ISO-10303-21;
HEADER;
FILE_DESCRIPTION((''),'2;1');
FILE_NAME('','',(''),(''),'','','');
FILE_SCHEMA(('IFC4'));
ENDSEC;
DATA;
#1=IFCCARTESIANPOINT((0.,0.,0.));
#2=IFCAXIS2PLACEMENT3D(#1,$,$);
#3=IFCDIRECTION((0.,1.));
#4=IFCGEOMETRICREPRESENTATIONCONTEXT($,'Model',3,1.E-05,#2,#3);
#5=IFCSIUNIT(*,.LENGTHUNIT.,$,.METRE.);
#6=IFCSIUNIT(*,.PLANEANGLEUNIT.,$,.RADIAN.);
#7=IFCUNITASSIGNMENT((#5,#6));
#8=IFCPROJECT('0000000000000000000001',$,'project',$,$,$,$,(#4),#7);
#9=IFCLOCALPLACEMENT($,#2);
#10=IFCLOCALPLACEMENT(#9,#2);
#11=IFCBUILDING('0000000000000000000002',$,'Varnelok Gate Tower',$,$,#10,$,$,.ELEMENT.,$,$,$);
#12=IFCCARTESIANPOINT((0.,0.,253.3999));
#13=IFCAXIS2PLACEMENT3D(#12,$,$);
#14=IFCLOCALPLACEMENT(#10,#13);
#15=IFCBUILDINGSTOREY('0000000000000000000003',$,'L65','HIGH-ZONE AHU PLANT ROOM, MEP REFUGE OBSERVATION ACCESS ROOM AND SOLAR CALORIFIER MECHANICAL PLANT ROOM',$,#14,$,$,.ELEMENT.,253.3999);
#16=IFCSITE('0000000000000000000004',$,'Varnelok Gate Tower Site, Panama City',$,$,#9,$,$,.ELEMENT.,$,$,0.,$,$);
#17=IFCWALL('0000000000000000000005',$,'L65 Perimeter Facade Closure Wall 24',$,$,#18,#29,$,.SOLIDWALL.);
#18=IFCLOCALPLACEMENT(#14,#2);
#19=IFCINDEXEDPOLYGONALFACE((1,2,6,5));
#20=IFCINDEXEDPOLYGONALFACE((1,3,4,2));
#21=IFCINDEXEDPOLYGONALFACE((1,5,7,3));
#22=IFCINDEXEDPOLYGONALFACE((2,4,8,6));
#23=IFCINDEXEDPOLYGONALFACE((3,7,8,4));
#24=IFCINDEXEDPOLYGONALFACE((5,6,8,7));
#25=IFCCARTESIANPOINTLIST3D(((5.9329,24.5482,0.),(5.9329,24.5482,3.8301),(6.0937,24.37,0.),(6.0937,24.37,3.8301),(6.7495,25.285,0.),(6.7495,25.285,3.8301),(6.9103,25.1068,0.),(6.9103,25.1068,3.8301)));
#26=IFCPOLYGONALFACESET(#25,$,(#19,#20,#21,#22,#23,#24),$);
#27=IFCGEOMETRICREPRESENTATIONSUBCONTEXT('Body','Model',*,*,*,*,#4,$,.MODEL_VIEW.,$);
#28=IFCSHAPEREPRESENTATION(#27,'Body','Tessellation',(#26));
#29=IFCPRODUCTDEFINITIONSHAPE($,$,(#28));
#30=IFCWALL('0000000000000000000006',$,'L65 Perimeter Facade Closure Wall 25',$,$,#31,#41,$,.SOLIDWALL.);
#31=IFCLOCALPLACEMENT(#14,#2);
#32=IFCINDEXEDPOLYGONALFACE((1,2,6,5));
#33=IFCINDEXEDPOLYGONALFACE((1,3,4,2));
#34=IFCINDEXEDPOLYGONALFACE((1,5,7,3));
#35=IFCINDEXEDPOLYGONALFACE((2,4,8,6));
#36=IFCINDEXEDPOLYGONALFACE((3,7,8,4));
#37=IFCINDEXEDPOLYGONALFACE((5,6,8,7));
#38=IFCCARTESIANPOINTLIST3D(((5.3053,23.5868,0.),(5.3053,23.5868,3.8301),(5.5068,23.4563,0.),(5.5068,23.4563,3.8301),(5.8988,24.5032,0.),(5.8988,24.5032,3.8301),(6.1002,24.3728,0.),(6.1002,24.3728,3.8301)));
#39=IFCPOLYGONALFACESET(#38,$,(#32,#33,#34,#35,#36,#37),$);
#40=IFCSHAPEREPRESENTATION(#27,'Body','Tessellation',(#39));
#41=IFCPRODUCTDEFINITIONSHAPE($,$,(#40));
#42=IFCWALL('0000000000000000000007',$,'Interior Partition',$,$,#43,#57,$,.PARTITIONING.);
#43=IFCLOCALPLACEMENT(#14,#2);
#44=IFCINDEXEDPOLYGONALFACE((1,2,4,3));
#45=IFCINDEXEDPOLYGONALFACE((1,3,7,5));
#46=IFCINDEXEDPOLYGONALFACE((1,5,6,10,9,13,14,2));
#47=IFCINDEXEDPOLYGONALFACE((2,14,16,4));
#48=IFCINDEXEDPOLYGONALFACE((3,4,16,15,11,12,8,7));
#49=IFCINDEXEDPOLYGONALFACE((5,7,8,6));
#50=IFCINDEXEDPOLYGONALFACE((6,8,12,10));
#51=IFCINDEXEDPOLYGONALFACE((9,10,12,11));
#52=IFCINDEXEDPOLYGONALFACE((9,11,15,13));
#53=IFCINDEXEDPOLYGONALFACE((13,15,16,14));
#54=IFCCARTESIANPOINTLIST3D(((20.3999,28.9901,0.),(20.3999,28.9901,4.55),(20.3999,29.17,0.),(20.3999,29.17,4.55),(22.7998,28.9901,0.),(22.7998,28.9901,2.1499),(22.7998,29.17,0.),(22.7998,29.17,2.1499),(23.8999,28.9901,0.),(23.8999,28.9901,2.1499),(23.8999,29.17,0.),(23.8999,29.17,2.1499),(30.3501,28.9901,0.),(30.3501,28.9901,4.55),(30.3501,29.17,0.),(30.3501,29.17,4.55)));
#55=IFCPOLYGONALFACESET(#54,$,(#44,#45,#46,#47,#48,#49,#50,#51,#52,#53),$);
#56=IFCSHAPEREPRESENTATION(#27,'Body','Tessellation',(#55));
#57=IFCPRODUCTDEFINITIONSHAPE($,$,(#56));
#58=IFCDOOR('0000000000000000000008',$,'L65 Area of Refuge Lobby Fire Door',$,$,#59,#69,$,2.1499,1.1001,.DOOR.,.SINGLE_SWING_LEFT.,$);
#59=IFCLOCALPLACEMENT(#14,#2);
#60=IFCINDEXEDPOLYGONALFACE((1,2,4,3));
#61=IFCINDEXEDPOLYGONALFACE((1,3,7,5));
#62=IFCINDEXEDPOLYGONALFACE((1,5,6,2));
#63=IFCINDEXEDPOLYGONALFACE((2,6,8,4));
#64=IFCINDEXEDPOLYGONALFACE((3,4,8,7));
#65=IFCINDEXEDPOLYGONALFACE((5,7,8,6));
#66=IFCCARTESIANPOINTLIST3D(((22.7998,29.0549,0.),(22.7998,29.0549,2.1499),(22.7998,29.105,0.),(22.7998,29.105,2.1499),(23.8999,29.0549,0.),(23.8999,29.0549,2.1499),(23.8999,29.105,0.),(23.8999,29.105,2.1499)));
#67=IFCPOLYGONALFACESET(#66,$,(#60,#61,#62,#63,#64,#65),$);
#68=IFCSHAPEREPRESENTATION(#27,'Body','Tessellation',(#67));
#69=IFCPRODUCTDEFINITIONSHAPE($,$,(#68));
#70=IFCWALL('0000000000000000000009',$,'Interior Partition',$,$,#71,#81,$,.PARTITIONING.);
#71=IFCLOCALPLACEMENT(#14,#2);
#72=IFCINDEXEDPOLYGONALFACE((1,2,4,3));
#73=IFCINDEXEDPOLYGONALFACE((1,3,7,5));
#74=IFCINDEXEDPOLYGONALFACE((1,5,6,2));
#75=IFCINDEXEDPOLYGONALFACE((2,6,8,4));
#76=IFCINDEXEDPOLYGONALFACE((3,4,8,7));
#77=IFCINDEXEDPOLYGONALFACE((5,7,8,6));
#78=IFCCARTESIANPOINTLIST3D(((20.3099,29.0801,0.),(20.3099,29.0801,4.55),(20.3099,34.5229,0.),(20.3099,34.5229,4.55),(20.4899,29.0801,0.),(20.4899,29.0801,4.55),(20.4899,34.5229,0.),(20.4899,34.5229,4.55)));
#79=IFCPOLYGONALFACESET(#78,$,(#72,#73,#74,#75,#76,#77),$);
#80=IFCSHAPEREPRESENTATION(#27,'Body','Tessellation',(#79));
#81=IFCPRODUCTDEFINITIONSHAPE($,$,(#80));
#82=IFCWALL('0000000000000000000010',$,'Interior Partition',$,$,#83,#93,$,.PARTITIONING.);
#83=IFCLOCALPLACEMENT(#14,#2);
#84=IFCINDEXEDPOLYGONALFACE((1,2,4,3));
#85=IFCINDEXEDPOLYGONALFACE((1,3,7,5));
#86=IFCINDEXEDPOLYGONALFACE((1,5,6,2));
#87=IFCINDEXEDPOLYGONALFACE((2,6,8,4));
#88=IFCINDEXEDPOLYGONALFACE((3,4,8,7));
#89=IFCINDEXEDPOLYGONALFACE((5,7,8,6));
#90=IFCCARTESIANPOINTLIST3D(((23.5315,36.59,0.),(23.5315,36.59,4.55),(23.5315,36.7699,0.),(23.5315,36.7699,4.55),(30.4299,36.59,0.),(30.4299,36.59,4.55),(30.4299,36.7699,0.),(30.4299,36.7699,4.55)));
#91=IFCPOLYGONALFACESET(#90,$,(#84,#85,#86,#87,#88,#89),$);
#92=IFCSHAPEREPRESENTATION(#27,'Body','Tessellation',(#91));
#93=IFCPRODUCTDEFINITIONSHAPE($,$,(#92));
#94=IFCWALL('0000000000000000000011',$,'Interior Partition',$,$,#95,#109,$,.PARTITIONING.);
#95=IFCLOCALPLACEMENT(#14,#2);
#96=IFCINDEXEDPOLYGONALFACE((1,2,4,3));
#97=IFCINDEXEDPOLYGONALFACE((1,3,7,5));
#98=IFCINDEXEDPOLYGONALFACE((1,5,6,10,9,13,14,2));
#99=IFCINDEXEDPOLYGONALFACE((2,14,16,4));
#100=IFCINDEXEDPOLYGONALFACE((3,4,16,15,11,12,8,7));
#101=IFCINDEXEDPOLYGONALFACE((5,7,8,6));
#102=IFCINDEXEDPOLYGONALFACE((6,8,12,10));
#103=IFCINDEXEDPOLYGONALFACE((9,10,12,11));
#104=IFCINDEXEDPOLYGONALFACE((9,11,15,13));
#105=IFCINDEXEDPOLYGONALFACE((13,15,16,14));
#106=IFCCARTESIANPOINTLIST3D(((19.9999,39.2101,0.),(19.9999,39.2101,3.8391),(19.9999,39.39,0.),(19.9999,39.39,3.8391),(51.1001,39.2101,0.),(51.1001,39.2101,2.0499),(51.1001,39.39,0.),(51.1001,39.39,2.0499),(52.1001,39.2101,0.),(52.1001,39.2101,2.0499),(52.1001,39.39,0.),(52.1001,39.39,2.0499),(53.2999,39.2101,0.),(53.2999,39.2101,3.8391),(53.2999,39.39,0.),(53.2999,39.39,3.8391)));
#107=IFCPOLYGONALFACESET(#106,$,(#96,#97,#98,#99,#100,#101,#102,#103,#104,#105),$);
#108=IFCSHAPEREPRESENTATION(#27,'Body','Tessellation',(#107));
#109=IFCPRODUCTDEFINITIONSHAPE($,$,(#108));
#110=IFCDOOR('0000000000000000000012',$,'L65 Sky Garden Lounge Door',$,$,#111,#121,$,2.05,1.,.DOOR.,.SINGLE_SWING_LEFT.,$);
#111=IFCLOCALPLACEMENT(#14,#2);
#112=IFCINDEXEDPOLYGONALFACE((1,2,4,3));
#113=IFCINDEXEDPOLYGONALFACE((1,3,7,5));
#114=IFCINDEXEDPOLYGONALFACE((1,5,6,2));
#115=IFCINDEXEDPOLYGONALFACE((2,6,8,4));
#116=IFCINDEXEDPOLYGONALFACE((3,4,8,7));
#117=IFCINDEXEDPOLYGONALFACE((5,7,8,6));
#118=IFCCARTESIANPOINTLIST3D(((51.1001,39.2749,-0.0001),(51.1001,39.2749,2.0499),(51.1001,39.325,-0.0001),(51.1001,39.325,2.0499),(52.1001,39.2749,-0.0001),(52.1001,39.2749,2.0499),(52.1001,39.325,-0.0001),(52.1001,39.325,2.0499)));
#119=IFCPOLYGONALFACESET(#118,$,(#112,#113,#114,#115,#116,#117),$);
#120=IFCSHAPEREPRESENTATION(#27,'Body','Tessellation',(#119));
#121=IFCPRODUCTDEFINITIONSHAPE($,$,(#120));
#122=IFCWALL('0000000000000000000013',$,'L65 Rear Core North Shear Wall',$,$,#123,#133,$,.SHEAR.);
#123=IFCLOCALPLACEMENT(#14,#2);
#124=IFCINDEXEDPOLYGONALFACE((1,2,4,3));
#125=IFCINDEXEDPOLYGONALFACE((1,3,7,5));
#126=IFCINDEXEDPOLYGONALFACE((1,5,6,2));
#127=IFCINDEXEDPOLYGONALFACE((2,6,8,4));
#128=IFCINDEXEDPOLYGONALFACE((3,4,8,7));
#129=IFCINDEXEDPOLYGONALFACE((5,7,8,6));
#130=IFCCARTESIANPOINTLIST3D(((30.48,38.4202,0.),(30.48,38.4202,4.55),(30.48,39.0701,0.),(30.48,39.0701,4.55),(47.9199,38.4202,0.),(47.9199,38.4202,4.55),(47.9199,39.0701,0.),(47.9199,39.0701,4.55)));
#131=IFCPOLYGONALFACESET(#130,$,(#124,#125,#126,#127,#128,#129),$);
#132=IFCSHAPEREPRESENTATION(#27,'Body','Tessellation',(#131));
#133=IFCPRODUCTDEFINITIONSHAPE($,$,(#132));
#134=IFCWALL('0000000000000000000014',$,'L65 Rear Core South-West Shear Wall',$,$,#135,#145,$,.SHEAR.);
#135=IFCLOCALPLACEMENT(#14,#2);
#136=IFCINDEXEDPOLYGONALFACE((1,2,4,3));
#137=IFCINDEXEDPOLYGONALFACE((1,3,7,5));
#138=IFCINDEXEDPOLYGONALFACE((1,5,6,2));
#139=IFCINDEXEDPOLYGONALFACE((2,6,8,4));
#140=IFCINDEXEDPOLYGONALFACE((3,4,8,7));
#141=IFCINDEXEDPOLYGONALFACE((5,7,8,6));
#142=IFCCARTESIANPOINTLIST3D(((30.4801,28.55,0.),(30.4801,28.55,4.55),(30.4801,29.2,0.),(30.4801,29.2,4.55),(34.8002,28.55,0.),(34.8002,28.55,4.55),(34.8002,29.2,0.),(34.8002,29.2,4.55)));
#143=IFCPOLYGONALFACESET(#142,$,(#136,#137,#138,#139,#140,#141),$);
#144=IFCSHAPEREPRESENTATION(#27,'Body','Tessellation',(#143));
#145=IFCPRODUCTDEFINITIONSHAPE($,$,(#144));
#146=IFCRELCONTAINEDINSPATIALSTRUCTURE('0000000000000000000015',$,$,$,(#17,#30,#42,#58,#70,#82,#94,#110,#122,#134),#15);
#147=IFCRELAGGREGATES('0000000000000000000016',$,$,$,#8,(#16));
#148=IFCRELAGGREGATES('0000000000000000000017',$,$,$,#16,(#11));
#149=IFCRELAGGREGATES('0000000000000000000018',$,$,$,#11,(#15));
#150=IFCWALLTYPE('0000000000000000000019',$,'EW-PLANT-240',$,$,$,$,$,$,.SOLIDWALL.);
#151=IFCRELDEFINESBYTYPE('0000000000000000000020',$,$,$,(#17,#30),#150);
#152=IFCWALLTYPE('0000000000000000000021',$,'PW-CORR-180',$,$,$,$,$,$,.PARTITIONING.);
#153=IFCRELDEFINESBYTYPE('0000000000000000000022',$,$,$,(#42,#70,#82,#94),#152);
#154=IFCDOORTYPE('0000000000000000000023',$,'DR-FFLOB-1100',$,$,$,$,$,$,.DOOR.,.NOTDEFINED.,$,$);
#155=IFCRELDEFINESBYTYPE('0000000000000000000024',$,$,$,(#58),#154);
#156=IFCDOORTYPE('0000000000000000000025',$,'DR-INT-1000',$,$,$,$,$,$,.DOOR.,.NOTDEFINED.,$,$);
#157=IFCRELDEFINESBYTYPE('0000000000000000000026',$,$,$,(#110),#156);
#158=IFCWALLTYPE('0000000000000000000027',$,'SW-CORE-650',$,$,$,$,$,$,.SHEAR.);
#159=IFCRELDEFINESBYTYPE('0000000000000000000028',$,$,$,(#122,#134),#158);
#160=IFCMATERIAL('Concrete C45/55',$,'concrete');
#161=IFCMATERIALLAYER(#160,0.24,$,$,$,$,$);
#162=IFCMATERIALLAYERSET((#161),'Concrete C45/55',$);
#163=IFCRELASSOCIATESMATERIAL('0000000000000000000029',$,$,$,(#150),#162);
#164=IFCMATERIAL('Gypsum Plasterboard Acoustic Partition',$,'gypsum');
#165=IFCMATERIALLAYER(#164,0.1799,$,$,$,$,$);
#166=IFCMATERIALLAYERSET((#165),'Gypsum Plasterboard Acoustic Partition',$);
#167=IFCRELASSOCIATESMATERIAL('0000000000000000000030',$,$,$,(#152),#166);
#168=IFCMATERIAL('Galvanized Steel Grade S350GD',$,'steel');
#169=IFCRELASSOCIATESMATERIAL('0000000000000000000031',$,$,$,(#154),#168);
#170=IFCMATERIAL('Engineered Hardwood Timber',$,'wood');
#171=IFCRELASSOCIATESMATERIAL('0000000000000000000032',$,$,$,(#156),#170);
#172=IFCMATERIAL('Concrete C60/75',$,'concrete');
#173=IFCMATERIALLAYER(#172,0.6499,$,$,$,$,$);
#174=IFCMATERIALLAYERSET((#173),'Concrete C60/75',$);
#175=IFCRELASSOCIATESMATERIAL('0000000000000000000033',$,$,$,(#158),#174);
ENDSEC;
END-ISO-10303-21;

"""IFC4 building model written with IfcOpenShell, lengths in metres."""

from ifc_helpers import new_model, si_unit, direction, frame, frame_2d, origin, place, context, subcontext, project, spatial, rectangle, extrude, material, layer, layer_set, type_object, element, fill, save


model = new_model("IFC4")

# Units and contexts
model_context = context("Model", 3, precision=1e-05, world=origin(), true_north=direction((0.0, 1.0)))
body_context = subcontext(model_context, "Body", "Model", "MODEL_VIEW")
ifc_project = project(units=[si_unit("LENGTHUNIT", "METRE"), si_unit("PLANEANGLEUNIT", "RADIAN")], contexts=[model_context])

# Site, building, storey
site_placement = place(None, origin())
site = spatial("IfcSite", under=ifc_project, at=site_placement, Name="Varnelok Gate Tower Site, Panama City", CompositionType="ELEMENT", RefElevation=0.0)
building_placement = place(site_placement, origin())
building = spatial("IfcBuilding", under=site, at=building_placement, Name="Varnelok Gate Tower", CompositionType="ELEMENT")
storey_placement = place(building_placement, frame((0.0, 0.0, 253.3999)))
storey = spatial("IfcBuildingStorey", under=building, at=storey_placement, Name="L65", Description="HIGH-ZONE AHU PLANT ROOM, MEP REFUGE OBSERVATION ACCESS ROOM AND SOLAR CALORIFIER MECHANICAL PLANT ROOM", CompositionType="ELEMENT", Elevation=253.3999)

# Shared definitions
ifc_material_1 = material(Name="Concrete C45/55", Category="concrete")

# Walls
ifc_layer_1 = layer(ifc_material_1, 0.24)
ifc_layer_set_1 = layer_set([ifc_layer_1], Name="Concrete C45/55")
wall_type_1 = type_object("IfcWallType", Name="EW-PLANT-240", PredefinedType="SOLIDWALL", material=ifc_layer_set_1)
wall_1_placement = place(storey_placement, frame((6.8298, 25.1958, 0.0), z_axis=(0.0, 0.0, 1.0), x_axis=(-0.742466, -0.669884, 0.0)))
element("IfcWall", 1, at=wall_1_placement, inside=storey, type_object=wall_type_1, Name="L65 Perimeter Facade Closure Wall 24", PredefinedType="SOLIDWALL", context=body_context, shape_type="SweptSolid", body=[
    extrude(rectangle(XDim=1.0999, YDim=0.24, at=frame_2d((0.5498, 0.0))), origin(), (0.0, 0.0, 1.0), 3.8301),
])
wall_2_placement = place(storey_placement, frame((5.9995, 24.438, 0.0), z_axis=(0.0, 0.0, 1.0), x_axis=(-0.543557, -0.839372, 0.0)))
element("IfcWall", 2, at=wall_2_placement, inside=storey, type_object=wall_type_1, Name="L65 Perimeter Facade Closure Wall 25", PredefinedType="SOLIDWALL", context=body_context, shape_type="SweptSolid", body=[
    extrude(rectangle(XDim=1.0918, YDim=0.24, at=frame_2d((0.5459, 0.0))), origin(), (0.0, 0.0, 1.0), 3.8301),
])

# Wall, opening, door
ifc_material_2 = material(Name="Gypsum Plasterboard Acoustic Partition", Category="gypsum")
ifc_layer_2 = layer(ifc_material_2, 0.1799)
ifc_layer_set_2 = layer_set([ifc_layer_2], Name="Gypsum Plasterboard Acoustic Partition")
wall_type_2 = type_object("IfcWallType", Name="PW-CORR-180", PredefinedType="PARTITIONING", material=ifc_layer_set_2)
wall_3_placement = place(storey_placement, frame((20.3999, 29.0801, 0.0), z_axis=(0.0, 0.0, 1.0), x_axis=(1.0, 0.0, 0.0)))
wall_3 = element("IfcWall", 3, at=wall_3_placement, inside=storey, type_object=wall_type_2, Name="Interior Partition", PredefinedType="PARTITIONING", context=body_context, shape_type="SweptSolid", body=[
    extrude(rectangle(XDim=9.9502, YDim=0.1799, at=frame_2d((4.9751, 0.0))), origin(), (0.0, 0.0, 1.0), 4.55),
])
opening_1_placement = place(wall_3_placement, frame((2.3999, 0.0, 0.0)))
opening_1 = element("IfcOpeningElement", 4, at=opening_1_placement, cuts=wall_3, PredefinedType="OPENING", context=body_context, shape_type="SweptSolid", body=[
    extrude(rectangle(XDim=1.1001, YDim=2.1499, at=frame_2d((0.55, 1.075))), frame((0.0, 0.0999, 0.0), z_axis=(0.0, -1.0, 0.0), x_axis=(1.0, 0.0, 0.0)), (0.0, 0.0, 1.0), 0.2),
])
ifc_material_3 = material(Name="Galvanized Steel Grade S350GD", Category="steel")
door_type_1 = type_object("IfcDoorType", Name="DR-FFLOB-1100", OperationType="NOTDEFINED", PredefinedType="DOOR", material=ifc_material_3)
door_1_placement = place(opening_1_placement, origin())
door_1 = element("IfcDoor", 5, at=door_1_placement, inside=storey, type_object=door_type_1, Name="L65 Area of Refuge Lobby Fire Door", OperationType="SINGLE_SWING_LEFT", OverallHeight=2.1499, OverallWidth=1.1001, PredefinedType="DOOR", context=body_context, shape_type="SweptSolid", body=[
    extrude(rectangle(XDim=1.1001, YDim=2.1499, at=frame_2d((0.55, 1.075))), frame((0.0, 0.0249, 0.0), z_axis=(0.0, -1.0, 0.0), x_axis=(1.0, 0.0, 0.0)), (0.0, 0.0, 1.0), 0.05),
])
fill(opening_1, door_1)

# Walls
wall_4_placement = place(storey_placement, frame((20.3999, 29.0801, 0.0), z_axis=(0.0, 0.0, 1.0), x_axis=(0.0, 1.0, 0.0)))
element("IfcWall", 6, at=wall_4_placement, inside=storey, type_object=wall_type_2, Name="Interior Partition", PredefinedType="PARTITIONING", context=body_context, shape_type="SweptSolid", body=[
    extrude(rectangle(XDim=5.4429, YDim=0.1799, at=frame_2d((2.7214, 0.0))), origin(), (0.0, 0.0, 1.0), 4.55),
])
wall_5_placement = place(storey_placement, frame((23.5315, 36.6799, 0.0), z_axis=(0.0, 0.0, 1.0), x_axis=(1.0, 0.0, 0.0)))
element("IfcWall", 7, at=wall_5_placement, inside=storey, type_object=wall_type_2, Name="Interior Partition", PredefinedType="PARTITIONING", context=body_context, shape_type="SweptSolid", body=[
    extrude(rectangle(XDim=6.8984, YDim=0.1799, at=frame_2d((3.4492, 0.0))), origin(), (0.0, 0.0, 1.0), 4.55),
])

# Wall, opening, door
wall_6_placement = place(storey_placement, frame((20.0, 39.3, 0.0), z_axis=(0.0, 0.0, 1.0), x_axis=(1.0, 0.0, 0.0)))
wall_6 = element("IfcWall", 8, at=wall_6_placement, inside=storey, type_object=wall_type_2, Name="Interior Partition", PredefinedType="PARTITIONING", context=body_context, shape_type="SweptSolid", body=[
    extrude(rectangle(XDim=33.3, YDim=0.1799, at=frame_2d((16.6499, 0.0))), origin(), (0.0, 0.0, 1.0), 3.8391),
])
opening_2_placement = place(wall_6_placement, frame((31.1001, 0.0, 0.0)))
opening_2 = element("IfcOpeningElement", 9, at=opening_2_placement, cuts=wall_6, PredefinedType="OPENING", context=body_context, shape_type="SweptSolid", body=[
    extrude(rectangle(XDim=1.0, YDim=2.05, at=frame_2d((0.5, 1.0249))), frame((0.0, 0.0999, 0.0), z_axis=(0.0, -1.0, 0.0), x_axis=(1.0, 0.0, 0.0)), (0.0, 0.0, 1.0), 0.2),
])
ifc_material_4 = material(Name="Engineered Hardwood Timber", Category="wood")
door_type_2 = type_object("IfcDoorType", Name="DR-INT-1000", OperationType="NOTDEFINED", PredefinedType="DOOR", material=ifc_material_4)
door_2_placement = place(opening_2_placement, origin())
door_2 = element("IfcDoor", 10, at=door_2_placement, inside=storey, type_object=door_type_2, Name="L65 Sky Garden Lounge Door", OperationType="SINGLE_SWING_LEFT", OverallHeight=2.05, OverallWidth=1.0, PredefinedType="DOOR", context=body_context, shape_type="SweptSolid", body=[
    extrude(rectangle(XDim=1.0, YDim=2.05, at=frame_2d((0.5, 1.0249))), frame((0.0, 0.0249, 0.0), z_axis=(0.0, -1.0, 0.0), x_axis=(1.0, 0.0, 0.0)), (0.0, 0.0, 1.0), 0.05),
])
fill(opening_2, door_2)

# Walls
ifc_material_5 = material(Name="Concrete C60/75", Category="concrete")
ifc_layer_3 = layer(ifc_material_5, 0.6499)
ifc_layer_set_3 = layer_set([ifc_layer_3], Name="Concrete C60/75")
wall_type_3 = type_object("IfcWallType", Name="SW-CORE-650", PredefinedType="SHEAR", material=ifc_layer_set_3)
wall_7_placement = place(storey_placement, frame((30.48, 38.7451, 0.0), z_axis=(0.0, 0.0, 1.0), x_axis=(1.0, 0.0, 0.0)))
element("IfcWall", 11, at=wall_7_placement, inside=storey, type_object=wall_type_3, Name="L65 Rear Core North Shear Wall", PredefinedType="SHEAR", context=body_context, shape_type="SweptSolid", body=[
    extrude(rectangle(XDim=17.4399, YDim=0.6499, at=frame_2d((8.72, 0.0))), origin(), (0.0, 0.0, 1.0), 4.55),
])
wall_8_placement = place(storey_placement, frame((30.48, 28.875, 0.0), z_axis=(0.0, 0.0, 1.0), x_axis=(1.0, 0.0, 0.0)))
element("IfcWall", 12, at=wall_8_placement, inside=storey, type_object=wall_type_3, Name="L65 Rear Core South-West Shear Wall", PredefinedType="SHEAR", context=body_context, shape_type="SweptSolid", body=[
    extrude(rectangle(XDim=4.3201, YDim=0.6499, at=frame_2d((2.1602, 0.0))), origin(), (0.0, 0.0, 1.0), 4.55),
])

save(model, "model.ifc")
